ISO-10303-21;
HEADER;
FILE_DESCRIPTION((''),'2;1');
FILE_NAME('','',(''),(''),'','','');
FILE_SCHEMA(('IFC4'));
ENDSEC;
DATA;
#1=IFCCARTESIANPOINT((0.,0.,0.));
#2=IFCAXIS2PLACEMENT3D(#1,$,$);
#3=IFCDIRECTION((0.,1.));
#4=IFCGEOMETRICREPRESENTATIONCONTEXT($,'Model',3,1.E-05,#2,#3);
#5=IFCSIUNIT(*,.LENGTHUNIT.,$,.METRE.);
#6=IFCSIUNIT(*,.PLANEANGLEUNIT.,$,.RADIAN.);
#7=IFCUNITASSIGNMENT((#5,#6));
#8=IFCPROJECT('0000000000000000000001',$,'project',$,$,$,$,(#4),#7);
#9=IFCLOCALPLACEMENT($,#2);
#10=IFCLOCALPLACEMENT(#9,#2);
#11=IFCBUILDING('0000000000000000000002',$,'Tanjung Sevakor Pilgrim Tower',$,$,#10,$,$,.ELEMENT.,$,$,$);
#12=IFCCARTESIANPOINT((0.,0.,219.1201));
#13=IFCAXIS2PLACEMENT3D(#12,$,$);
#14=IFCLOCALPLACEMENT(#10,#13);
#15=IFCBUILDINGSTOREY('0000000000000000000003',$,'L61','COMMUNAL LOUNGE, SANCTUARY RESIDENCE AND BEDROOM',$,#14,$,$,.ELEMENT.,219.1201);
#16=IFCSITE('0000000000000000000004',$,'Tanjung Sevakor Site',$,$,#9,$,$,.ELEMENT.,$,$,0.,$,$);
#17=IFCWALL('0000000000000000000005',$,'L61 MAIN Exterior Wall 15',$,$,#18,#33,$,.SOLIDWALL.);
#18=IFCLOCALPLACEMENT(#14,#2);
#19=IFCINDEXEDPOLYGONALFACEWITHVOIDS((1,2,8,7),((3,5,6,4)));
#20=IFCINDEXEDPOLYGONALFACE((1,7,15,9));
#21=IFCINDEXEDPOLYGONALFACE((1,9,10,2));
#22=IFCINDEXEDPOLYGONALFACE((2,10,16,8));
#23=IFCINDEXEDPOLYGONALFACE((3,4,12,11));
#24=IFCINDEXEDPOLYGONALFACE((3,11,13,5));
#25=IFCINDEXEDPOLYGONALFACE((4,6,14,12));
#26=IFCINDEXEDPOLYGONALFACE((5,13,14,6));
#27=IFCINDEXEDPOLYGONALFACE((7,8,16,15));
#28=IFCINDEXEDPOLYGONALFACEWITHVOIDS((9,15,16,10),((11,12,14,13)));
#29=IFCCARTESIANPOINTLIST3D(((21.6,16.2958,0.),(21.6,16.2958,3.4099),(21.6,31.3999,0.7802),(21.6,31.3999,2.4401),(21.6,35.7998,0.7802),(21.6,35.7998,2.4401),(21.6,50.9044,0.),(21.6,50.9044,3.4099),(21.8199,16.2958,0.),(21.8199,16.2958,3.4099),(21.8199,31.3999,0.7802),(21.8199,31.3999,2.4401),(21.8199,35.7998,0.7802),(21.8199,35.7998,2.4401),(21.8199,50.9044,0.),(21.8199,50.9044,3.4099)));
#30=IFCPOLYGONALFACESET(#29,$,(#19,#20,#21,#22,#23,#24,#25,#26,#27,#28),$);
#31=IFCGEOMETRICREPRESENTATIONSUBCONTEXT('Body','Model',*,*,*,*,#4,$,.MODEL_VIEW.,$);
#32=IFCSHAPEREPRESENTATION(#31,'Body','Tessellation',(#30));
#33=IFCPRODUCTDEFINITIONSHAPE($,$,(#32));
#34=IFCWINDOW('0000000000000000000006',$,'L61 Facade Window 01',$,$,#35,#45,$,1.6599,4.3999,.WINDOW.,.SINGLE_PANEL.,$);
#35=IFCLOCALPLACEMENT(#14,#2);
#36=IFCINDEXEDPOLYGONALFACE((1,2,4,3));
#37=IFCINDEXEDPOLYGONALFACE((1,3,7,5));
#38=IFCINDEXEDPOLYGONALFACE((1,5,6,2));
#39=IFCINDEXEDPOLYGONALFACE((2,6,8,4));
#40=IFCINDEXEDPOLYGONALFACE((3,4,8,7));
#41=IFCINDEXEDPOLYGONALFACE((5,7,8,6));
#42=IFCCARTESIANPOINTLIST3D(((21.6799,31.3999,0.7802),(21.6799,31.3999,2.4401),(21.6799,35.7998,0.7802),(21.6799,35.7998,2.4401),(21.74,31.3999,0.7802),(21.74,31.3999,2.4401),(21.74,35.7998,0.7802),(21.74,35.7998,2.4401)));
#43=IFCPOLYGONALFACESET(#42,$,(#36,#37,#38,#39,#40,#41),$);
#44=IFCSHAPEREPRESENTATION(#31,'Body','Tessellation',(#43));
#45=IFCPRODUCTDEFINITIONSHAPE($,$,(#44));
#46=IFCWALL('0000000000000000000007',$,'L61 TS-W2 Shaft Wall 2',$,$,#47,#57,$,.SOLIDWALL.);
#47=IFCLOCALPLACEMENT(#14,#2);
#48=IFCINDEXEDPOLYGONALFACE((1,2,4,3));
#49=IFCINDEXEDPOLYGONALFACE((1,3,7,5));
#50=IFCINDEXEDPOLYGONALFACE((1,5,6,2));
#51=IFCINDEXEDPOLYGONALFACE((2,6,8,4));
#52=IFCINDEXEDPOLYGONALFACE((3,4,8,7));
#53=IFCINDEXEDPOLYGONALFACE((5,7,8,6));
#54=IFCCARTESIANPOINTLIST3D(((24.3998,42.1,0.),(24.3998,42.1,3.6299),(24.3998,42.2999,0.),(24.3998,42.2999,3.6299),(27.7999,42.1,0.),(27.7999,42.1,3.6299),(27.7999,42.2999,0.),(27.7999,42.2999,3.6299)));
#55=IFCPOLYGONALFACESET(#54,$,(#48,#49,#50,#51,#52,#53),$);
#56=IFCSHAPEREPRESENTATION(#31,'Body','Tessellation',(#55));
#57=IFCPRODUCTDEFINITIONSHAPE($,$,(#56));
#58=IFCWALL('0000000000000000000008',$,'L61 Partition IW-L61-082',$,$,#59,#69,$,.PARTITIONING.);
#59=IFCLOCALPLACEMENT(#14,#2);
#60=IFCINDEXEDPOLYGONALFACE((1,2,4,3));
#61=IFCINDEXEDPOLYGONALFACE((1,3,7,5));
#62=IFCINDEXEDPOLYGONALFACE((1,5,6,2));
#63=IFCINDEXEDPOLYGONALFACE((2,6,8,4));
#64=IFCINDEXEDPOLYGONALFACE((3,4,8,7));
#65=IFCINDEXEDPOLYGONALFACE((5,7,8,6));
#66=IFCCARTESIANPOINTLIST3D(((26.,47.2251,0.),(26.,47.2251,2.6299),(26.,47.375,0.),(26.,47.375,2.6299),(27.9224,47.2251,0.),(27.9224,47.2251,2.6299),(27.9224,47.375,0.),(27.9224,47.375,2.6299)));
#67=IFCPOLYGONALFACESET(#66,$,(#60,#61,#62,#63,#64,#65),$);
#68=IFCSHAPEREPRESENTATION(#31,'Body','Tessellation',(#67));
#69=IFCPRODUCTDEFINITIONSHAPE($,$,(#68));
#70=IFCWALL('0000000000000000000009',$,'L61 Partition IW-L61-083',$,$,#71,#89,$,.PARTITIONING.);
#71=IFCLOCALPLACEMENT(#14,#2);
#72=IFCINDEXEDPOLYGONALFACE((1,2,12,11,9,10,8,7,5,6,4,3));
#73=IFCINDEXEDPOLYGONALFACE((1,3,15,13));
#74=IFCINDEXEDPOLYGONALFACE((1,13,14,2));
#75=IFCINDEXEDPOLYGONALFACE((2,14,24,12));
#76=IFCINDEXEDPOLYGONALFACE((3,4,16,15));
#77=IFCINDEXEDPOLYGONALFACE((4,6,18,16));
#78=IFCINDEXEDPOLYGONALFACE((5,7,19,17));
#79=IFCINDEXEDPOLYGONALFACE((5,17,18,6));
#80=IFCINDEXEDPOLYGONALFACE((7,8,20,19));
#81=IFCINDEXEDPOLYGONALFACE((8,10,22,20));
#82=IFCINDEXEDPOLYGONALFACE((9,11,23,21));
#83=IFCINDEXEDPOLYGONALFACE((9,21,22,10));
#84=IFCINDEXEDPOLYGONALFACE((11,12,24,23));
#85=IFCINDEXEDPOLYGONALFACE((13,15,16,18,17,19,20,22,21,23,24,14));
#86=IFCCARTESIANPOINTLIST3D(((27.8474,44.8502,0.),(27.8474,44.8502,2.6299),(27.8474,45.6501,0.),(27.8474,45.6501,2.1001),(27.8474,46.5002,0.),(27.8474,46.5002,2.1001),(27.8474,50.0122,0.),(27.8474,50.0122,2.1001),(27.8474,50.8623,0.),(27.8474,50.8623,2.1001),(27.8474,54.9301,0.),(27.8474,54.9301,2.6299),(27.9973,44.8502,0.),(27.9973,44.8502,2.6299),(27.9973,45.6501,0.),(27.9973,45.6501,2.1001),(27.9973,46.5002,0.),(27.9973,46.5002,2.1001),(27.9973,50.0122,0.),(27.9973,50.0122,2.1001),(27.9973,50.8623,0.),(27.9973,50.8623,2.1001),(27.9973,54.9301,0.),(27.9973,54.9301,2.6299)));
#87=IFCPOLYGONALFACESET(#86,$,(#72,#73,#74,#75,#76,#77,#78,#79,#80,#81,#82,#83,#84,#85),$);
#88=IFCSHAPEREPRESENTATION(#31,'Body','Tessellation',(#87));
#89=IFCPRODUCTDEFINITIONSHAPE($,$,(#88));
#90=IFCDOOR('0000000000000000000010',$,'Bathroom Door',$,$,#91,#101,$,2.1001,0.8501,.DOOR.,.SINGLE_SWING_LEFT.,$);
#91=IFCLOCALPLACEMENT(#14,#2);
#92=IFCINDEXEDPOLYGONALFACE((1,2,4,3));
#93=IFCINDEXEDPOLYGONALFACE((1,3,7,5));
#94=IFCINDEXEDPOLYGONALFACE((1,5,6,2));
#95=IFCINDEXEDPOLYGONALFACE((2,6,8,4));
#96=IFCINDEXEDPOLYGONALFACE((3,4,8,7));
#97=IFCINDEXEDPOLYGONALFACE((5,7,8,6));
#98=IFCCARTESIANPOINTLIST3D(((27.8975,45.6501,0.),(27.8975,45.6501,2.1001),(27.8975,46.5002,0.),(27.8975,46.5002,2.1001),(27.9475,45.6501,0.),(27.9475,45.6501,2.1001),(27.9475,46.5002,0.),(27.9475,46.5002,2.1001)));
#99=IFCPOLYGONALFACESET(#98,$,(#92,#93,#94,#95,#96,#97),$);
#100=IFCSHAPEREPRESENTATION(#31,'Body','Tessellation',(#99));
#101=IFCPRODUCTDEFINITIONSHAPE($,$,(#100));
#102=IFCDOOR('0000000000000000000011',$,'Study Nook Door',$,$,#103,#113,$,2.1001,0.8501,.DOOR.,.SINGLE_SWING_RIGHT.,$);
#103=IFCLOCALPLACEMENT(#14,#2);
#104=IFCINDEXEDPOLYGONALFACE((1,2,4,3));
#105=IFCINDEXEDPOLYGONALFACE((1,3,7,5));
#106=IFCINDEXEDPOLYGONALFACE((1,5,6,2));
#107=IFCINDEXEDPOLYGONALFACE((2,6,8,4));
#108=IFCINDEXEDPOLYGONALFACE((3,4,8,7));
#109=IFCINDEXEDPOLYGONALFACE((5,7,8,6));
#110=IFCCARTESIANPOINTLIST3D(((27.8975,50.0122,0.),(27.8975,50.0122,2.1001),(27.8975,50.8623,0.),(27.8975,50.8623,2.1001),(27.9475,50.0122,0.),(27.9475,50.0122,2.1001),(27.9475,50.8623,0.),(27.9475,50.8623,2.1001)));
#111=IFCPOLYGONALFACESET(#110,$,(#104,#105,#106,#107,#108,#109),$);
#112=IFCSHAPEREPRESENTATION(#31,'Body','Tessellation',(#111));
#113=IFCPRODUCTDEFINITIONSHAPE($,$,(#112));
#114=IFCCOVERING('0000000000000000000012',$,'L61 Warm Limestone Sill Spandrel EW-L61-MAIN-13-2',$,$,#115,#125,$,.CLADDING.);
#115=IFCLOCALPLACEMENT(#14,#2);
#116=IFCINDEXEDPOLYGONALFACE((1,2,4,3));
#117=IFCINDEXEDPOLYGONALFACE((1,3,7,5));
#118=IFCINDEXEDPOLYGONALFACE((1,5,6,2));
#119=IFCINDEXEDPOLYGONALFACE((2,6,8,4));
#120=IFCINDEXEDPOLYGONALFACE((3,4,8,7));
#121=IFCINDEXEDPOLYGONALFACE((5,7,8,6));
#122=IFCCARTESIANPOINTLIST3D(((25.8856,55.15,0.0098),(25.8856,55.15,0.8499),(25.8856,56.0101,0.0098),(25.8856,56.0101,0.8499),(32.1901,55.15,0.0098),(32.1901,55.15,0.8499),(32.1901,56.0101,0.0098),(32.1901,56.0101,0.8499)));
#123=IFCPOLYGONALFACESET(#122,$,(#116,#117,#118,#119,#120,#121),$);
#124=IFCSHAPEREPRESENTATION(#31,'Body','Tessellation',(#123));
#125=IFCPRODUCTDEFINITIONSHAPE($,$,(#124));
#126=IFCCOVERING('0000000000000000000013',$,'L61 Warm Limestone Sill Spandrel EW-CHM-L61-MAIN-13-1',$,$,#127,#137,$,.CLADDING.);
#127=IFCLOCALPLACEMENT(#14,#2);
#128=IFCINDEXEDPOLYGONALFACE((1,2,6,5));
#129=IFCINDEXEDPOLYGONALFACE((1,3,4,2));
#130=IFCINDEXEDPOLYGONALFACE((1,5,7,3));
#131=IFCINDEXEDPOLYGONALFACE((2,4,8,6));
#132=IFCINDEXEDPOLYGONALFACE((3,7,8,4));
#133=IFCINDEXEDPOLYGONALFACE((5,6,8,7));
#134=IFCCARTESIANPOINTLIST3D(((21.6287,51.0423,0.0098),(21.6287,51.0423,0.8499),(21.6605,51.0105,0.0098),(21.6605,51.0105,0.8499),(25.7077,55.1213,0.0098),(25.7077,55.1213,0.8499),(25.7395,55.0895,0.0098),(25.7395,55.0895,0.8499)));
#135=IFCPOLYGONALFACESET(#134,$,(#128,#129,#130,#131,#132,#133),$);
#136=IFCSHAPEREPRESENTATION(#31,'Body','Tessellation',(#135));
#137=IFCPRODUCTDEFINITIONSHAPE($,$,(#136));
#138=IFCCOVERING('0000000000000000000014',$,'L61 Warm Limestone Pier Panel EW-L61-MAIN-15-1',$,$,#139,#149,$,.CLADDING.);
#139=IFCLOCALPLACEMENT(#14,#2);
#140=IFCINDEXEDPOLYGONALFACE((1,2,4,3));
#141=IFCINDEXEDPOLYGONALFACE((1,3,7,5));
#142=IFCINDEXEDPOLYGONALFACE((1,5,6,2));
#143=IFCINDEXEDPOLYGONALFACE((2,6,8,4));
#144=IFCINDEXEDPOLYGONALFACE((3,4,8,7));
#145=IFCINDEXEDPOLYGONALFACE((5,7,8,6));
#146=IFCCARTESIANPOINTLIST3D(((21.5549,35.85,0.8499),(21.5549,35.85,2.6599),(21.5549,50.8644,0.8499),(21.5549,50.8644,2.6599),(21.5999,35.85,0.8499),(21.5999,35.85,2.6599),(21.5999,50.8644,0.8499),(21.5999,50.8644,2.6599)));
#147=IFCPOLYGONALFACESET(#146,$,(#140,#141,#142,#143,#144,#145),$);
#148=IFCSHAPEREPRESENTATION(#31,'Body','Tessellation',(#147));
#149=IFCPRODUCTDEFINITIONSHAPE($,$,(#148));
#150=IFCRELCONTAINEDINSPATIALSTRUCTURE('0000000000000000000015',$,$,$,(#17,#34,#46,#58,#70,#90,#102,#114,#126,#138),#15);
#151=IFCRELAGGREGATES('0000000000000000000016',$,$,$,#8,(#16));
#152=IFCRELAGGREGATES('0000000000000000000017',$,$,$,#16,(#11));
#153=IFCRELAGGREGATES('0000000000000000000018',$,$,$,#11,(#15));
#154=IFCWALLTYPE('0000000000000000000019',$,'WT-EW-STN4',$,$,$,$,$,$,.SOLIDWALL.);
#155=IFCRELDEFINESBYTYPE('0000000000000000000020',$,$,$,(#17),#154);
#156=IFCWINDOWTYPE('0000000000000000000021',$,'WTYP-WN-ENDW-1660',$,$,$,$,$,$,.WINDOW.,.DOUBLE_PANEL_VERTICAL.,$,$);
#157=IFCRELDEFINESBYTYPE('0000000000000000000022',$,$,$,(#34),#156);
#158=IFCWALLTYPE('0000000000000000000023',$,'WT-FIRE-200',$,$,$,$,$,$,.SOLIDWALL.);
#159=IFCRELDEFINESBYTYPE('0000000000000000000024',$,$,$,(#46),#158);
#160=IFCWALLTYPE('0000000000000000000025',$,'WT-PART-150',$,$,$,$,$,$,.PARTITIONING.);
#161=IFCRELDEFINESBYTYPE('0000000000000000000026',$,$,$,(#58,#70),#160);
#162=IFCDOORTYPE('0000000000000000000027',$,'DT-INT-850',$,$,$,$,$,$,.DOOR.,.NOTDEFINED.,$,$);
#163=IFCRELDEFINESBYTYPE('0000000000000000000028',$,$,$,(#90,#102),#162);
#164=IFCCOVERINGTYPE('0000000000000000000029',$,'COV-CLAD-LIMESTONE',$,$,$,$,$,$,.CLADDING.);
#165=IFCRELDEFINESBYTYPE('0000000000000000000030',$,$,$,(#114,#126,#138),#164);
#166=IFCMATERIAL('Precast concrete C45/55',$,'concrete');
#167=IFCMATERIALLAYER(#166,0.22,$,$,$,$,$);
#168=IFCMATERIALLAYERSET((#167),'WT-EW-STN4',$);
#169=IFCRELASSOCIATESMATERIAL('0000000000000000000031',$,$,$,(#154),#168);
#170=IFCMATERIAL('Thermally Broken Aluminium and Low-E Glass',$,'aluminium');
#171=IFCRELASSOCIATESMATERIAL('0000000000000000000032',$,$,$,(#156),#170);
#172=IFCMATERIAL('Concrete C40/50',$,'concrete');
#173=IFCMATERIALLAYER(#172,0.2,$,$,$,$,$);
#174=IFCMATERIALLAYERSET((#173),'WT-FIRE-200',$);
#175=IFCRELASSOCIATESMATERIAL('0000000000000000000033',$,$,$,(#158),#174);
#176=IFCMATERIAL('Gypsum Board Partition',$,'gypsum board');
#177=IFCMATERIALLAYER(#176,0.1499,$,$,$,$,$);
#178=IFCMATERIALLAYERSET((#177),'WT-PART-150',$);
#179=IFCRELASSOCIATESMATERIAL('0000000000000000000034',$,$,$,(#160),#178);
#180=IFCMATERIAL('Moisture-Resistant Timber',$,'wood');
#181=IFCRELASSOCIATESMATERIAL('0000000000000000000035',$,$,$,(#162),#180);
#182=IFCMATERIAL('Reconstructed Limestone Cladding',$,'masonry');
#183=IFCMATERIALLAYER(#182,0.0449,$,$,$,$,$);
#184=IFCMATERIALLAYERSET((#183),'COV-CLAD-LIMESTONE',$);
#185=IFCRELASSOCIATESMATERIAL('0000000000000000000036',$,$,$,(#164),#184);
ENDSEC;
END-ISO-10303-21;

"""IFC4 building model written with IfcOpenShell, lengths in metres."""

from ifc_helpers import new_model, si_unit, direction, frame, frame_2d, origin, origin_2d, place, context, subcontext, project, spatial, rectangle, extrude, material, layer, layer_set, type_object, element, fill, save


model = new_model("IFC4")

# Units and contexts
model_context = context("Model", 3, precision=1e-05, world=origin(), true_north=direction((0.0, 1.0)))
body_context = subcontext(model_context, "Body", "Model", "MODEL_VIEW")
ifc_project = project(units=[si_unit("LENGTHUNIT", "METRE"), si_unit("PLANEANGLEUNIT", "RADIAN")], contexts=[model_context])

# Site, building, storey
site_placement = place(None, origin())
site = spatial("IfcSite", under=ifc_project, at=site_placement, Name="Tanjung Sevakor Site", CompositionType="ELEMENT", RefElevation=0.0)
building_placement = place(site_placement, origin())
building = spatial("IfcBuilding", under=site, at=building_placement, Name="Tanjung Sevakor Pilgrim Tower", CompositionType="ELEMENT")
storey_placement = place(building_placement, frame((0.0, 0.0, 219.1201)))
storey = spatial("IfcBuildingStorey", under=building, at=storey_placement, Name="L61", Description="COMMUNAL LOUNGE, SANCTUARY RESIDENCE AND BEDROOM", CompositionType="ELEMENT", Elevation=219.1201)

# Wall, opening, window
ifc_material_1 = material(Name="Precast concrete C45/55", Category="concrete")
ifc_layer_1 = layer(ifc_material_1, 0.22)
ifc_layer_set_1 = layer_set([ifc_layer_1], Name="WT-EW-STN4")
wall_type_1 = type_object("IfcWallType", Name="WT-EW-STN4", PredefinedType="SOLIDWALL", material=ifc_layer_set_1)
wall_1_placement = place(storey_placement, frame((21.71, 50.9043, 0.0), z_axis=(0.0, 0.0, 1.0), x_axis=(0.0, -1.0, 0.0)))
wall_1 = element("IfcWall", 1, at=wall_1_placement, inside=storey, type_object=wall_type_1, Name="L61 MAIN Exterior Wall 15", PredefinedType="SOLIDWALL", context=body_context, shape_type="SweptSolid", body=[
    extrude(rectangle(XDim=34.6086, YDim=0.22, at=frame_2d((17.3042, 0.0))), origin(), (0.0, 0.0, 1.0), 3.4099),
])
opening_1_placement = place(wall_1_placement, frame((15.1045, 0.0, 0.78)))
opening_1 = element("IfcOpeningElement", 2, at=opening_1_placement, cuts=wall_1, PredefinedType="OPENING", context=body_context, shape_type="SweptSolid", body=[
    extrude(rectangle(XDim=4.3999, YDim=1.6599, at=frame_2d((2.2, 0.8301))), frame((0.0, 0.1199, 0.0), z_axis=(0.0, -1.0, 0.0), x_axis=(1.0, 0.0, 0.0)), (0.0, 0.0, 1.0), 0.24),
])
ifc_material_2 = material(Name="Thermally Broken Aluminium and Low-E Glass", Category="aluminium")
window_type_1 = type_object("IfcWindowType", Name="WTYP-WN-ENDW-1660", PartitioningType="DOUBLE_PANEL_VERTICAL", PredefinedType="WINDOW", material=ifc_material_2)
window_1_placement = place(opening_1_placement, origin())
window_1 = element("IfcWindow", 3, at=window_1_placement, inside=storey, type_object=window_type_1, Name="L61 Facade Window 01", OverallHeight=1.6599, OverallWidth=4.3999, PartitioningType="SINGLE_PANEL", PredefinedType="WINDOW", context=body_context, shape_type="SweptSolid", body=[
    extrude(rectangle(XDim=4.3999, YDim=1.6599, at=frame_2d((2.2, 0.8301))), frame((0.0, 0.03, 0.0), z_axis=(0.0, -1.0, 0.0), x_axis=(1.0, 0.0, 0.0)), (0.0, 0.0, 1.0), 0.0601),
])
fill(opening_1, window_1)

# Walls
ifc_material_3 = material(Name="Concrete C40/50", Category="concrete")
ifc_layer_2 = layer(ifc_material_3, 0.2)
ifc_layer_set_2 = layer_set([ifc_layer_2], Name="WT-FIRE-200")
wall_type_2 = type_object("IfcWallType", Name="WT-FIRE-200", PredefinedType="SOLIDWALL", material=ifc_layer_set_2)
wall_2_placement = place(storey_placement, frame((27.8, 42.2, 0.0), z_axis=(0.0, 0.0, 1.0), x_axis=(-1.0, 0.0, 0.0)))
element("IfcWall", 4, at=wall_2_placement, inside=storey, type_object=wall_type_2, Name="L61 TS-W2 Shaft Wall 2", PredefinedType="SOLIDWALL", context=body_context, shape_type="SweptSolid", body=[
    extrude(rectangle(XDim=3.4001, YDim=0.2, at=frame_2d((1.7002, 0.0))), origin(), (0.0, 0.0, 1.0), 3.6299),
])
ifc_material_4 = material(Name="Gypsum Board Partition", Category="gypsum board")
ifc_layer_3 = layer(ifc_material_4, 0.1499)
ifc_layer_set_3 = layer_set([ifc_layer_3], Name="WT-PART-150")
wall_type_3 = type_object("IfcWallType", Name="WT-PART-150", PredefinedType="PARTITIONING", material=ifc_layer_set_3)
wall_3_placement = place(storey_placement, frame((26.0, 47.3, 0.0), z_axis=(0.0, 0.0, 1.0), x_axis=(1.0, 0.0, 0.0)))
element("IfcWall", 5, at=wall_3_placement, inside=storey, type_object=wall_type_3, Name="L61 Partition IW-L61-082", PredefinedType="PARTITIONING", context=body_context, shape_type="SweptSolid", body=[
    extrude(rectangle(XDim=1.9224, YDim=0.1499, at=frame_2d((0.9612, 0.0))), origin(), (0.0, 0.0, 1.0), 2.6299),
])

# Wall, openings, doors
wall_4_placement = place(storey_placement, frame((27.9224, 44.8501, 0.0), z_axis=(0.0, 0.0, 1.0), x_axis=(0.0, 1.0, 0.0)))
wall_4 = element("IfcWall", 6, at=wall_4_placement, inside=storey, type_object=wall_type_3, Name="L61 Partition IW-L61-083", PredefinedType="PARTITIONING", context=body_context, shape_type="SweptSolid", body=[
    extrude(rectangle(XDim=10.0798, YDim=0.1499, at=frame_2d((5.04, 0.0))), origin(), (0.0, 0.0, 1.0), 2.6299),
])
opening_2_placement = place(wall_4_placement, frame((0.8, 0.0, 0.0)))
opening_2 = element("IfcOpeningElement", 7, at=opening_2_placement, cuts=wall_4, PredefinedType="OPENING", context=body_context, shape_type="SweptSolid", body=[
    extrude(rectangle(XDim=0.8501, YDim=2.1001, at=frame_2d((0.425, 1.05))), frame((0.0, 0.085, 0.0), z_axis=(0.0, -1.0, 0.0), x_axis=(1.0, 0.0, 0.0)), (0.0, 0.0, 1.0), 0.1699),
])
opening_3_placement = place(wall_4_placement, frame((5.1621, 0.0, 0.0)))
opening_3 = element("IfcOpeningElement", 8, at=opening_3_placement, cuts=wall_4, PredefinedType="OPENING", context=body_context, shape_type="SweptSolid", body=[
    extrude(rectangle(XDim=0.8501, YDim=2.1001, at=frame_2d((0.425, 1.05))), frame((0.0, 0.085, 0.0), z_axis=(0.0, -1.0, 0.0), x_axis=(1.0, 0.0, 0.0)), (0.0, 0.0, 1.0), 0.1699),
])
ifc_material_5 = material(Name="Moisture-Resistant Timber", Category="wood")
door_type_1 = type_object("IfcDoorType", Name="DT-INT-850", OperationType="NOTDEFINED", PredefinedType="DOOR", material=ifc_material_5)
door_1_placement = place(opening_2_placement, origin())
door_1 = element("IfcDoor", 9, at=door_1_placement, inside=storey, type_object=door_type_1, Name="Bathroom Door", OperationType="SINGLE_SWING_LEFT", OverallHeight=2.1001, OverallWidth=0.8501, PredefinedType="DOOR", context=body_context, shape_type="SweptSolid", body=[
    extrude(rectangle(XDim=0.8501, YDim=2.1001, at=frame_2d((0.425, 1.05))), frame((0.0, 0.0249, 0.0), z_axis=(0.0, -1.0, 0.0), x_axis=(1.0, 0.0, 0.0)), (0.0, 0.0, 1.0), 0.05),
])
fill(opening_2, door_1)
door_2_placement = place(opening_3_placement, origin())
door_2 = element("IfcDoor", 10, at=door_2_placement, inside=storey, type_object=door_type_1, Name="Study Nook Door", OperationType="SINGLE_SWING_RIGHT", OverallHeight=2.1001, OverallWidth=0.8501, PredefinedType="DOOR", context=body_context, shape_type="SweptSolid", body=[
    extrude(rectangle(XDim=0.8501, YDim=2.1001, at=frame_2d((0.425, 1.05))), frame((0.0, 0.0249, 0.0), z_axis=(0.0, -1.0, 0.0), x_axis=(1.0, 0.0, 0.0)), (0.0, 0.0, 1.0), 0.05),
])
fill(opening_3, door_2)

# Coverings
ifc_material_6 = material(Name="Reconstructed Limestone Cladding", Category="masonry")
ifc_layer_4 = layer(ifc_material_6, 0.0449)
ifc_layer_set_4 = layer_set([ifc_layer_4], Name="COV-CLAD-LIMESTONE")
covering_type = type_object("IfcCoveringType", Name="COV-CLAD-LIMESTONE", PredefinedType="CLADDING", material=ifc_layer_set_4)
covering_1_placement = place(storey_placement, frame((29.0378, 55.5801, 0.0098), z_axis=(0.0, 0.0, 1.0), x_axis=(-1.0, 0.0, 0.0)))
element("IfcCovering", 11, at=covering_1_placement, inside=storey, type_object=covering_type, Name="L61 Warm Limestone Sill Spandrel EW-L61-MAIN-13-2", PredefinedType="CLADDING", context=body_context, shape_type="SweptSolid", body=[
    extrude(rectangle(XDim=6.3044, YDim=0.8601, at=origin_2d()), origin(), (0.0, 0.0, 1.0), 0.8401),
])
covering_2_placement = place(storey_placement, frame((23.6841, 53.0659, 0.0098), z_axis=(0.0, 0.0, 1.0), x_axis=(-0.707107, -0.707107, 0.0)))
element("IfcCovering", 12, at=covering_2_placement, inside=storey, type_object=covering_type, Name="L61 Warm Limestone Sill Spandrel EW-CHM-L61-MAIN-13-1", PredefinedType="CLADDING", context=body_context, shape_type="SweptSolid", body=[
    extrude(rectangle(XDim=5.7686, YDim=0.0449, at=origin_2d()), origin(), (0.0, 0.0, 1.0), 0.8401),
])
covering_3_placement = place(storey_placement, frame((21.5774, 43.3572, 0.8499), z_axis=(0.0, 0.0, 1.0), x_axis=(0.0, -1.0, 0.0)))
element("IfcCovering", 13, at=covering_3_placement, inside=storey, type_object=covering_type, Name="L61 Warm Limestone Pier Panel EW-L61-MAIN-15-1", PredefinedType="CLADDING", context=body_context, shape_type="SweptSolid", body=[
    extrude(rectangle(XDim=15.0144, YDim=0.0449, at=origin_2d()), origin(), (0.0, 0.0, 1.0), 1.8101),
])

save(model, "model.ifc")
